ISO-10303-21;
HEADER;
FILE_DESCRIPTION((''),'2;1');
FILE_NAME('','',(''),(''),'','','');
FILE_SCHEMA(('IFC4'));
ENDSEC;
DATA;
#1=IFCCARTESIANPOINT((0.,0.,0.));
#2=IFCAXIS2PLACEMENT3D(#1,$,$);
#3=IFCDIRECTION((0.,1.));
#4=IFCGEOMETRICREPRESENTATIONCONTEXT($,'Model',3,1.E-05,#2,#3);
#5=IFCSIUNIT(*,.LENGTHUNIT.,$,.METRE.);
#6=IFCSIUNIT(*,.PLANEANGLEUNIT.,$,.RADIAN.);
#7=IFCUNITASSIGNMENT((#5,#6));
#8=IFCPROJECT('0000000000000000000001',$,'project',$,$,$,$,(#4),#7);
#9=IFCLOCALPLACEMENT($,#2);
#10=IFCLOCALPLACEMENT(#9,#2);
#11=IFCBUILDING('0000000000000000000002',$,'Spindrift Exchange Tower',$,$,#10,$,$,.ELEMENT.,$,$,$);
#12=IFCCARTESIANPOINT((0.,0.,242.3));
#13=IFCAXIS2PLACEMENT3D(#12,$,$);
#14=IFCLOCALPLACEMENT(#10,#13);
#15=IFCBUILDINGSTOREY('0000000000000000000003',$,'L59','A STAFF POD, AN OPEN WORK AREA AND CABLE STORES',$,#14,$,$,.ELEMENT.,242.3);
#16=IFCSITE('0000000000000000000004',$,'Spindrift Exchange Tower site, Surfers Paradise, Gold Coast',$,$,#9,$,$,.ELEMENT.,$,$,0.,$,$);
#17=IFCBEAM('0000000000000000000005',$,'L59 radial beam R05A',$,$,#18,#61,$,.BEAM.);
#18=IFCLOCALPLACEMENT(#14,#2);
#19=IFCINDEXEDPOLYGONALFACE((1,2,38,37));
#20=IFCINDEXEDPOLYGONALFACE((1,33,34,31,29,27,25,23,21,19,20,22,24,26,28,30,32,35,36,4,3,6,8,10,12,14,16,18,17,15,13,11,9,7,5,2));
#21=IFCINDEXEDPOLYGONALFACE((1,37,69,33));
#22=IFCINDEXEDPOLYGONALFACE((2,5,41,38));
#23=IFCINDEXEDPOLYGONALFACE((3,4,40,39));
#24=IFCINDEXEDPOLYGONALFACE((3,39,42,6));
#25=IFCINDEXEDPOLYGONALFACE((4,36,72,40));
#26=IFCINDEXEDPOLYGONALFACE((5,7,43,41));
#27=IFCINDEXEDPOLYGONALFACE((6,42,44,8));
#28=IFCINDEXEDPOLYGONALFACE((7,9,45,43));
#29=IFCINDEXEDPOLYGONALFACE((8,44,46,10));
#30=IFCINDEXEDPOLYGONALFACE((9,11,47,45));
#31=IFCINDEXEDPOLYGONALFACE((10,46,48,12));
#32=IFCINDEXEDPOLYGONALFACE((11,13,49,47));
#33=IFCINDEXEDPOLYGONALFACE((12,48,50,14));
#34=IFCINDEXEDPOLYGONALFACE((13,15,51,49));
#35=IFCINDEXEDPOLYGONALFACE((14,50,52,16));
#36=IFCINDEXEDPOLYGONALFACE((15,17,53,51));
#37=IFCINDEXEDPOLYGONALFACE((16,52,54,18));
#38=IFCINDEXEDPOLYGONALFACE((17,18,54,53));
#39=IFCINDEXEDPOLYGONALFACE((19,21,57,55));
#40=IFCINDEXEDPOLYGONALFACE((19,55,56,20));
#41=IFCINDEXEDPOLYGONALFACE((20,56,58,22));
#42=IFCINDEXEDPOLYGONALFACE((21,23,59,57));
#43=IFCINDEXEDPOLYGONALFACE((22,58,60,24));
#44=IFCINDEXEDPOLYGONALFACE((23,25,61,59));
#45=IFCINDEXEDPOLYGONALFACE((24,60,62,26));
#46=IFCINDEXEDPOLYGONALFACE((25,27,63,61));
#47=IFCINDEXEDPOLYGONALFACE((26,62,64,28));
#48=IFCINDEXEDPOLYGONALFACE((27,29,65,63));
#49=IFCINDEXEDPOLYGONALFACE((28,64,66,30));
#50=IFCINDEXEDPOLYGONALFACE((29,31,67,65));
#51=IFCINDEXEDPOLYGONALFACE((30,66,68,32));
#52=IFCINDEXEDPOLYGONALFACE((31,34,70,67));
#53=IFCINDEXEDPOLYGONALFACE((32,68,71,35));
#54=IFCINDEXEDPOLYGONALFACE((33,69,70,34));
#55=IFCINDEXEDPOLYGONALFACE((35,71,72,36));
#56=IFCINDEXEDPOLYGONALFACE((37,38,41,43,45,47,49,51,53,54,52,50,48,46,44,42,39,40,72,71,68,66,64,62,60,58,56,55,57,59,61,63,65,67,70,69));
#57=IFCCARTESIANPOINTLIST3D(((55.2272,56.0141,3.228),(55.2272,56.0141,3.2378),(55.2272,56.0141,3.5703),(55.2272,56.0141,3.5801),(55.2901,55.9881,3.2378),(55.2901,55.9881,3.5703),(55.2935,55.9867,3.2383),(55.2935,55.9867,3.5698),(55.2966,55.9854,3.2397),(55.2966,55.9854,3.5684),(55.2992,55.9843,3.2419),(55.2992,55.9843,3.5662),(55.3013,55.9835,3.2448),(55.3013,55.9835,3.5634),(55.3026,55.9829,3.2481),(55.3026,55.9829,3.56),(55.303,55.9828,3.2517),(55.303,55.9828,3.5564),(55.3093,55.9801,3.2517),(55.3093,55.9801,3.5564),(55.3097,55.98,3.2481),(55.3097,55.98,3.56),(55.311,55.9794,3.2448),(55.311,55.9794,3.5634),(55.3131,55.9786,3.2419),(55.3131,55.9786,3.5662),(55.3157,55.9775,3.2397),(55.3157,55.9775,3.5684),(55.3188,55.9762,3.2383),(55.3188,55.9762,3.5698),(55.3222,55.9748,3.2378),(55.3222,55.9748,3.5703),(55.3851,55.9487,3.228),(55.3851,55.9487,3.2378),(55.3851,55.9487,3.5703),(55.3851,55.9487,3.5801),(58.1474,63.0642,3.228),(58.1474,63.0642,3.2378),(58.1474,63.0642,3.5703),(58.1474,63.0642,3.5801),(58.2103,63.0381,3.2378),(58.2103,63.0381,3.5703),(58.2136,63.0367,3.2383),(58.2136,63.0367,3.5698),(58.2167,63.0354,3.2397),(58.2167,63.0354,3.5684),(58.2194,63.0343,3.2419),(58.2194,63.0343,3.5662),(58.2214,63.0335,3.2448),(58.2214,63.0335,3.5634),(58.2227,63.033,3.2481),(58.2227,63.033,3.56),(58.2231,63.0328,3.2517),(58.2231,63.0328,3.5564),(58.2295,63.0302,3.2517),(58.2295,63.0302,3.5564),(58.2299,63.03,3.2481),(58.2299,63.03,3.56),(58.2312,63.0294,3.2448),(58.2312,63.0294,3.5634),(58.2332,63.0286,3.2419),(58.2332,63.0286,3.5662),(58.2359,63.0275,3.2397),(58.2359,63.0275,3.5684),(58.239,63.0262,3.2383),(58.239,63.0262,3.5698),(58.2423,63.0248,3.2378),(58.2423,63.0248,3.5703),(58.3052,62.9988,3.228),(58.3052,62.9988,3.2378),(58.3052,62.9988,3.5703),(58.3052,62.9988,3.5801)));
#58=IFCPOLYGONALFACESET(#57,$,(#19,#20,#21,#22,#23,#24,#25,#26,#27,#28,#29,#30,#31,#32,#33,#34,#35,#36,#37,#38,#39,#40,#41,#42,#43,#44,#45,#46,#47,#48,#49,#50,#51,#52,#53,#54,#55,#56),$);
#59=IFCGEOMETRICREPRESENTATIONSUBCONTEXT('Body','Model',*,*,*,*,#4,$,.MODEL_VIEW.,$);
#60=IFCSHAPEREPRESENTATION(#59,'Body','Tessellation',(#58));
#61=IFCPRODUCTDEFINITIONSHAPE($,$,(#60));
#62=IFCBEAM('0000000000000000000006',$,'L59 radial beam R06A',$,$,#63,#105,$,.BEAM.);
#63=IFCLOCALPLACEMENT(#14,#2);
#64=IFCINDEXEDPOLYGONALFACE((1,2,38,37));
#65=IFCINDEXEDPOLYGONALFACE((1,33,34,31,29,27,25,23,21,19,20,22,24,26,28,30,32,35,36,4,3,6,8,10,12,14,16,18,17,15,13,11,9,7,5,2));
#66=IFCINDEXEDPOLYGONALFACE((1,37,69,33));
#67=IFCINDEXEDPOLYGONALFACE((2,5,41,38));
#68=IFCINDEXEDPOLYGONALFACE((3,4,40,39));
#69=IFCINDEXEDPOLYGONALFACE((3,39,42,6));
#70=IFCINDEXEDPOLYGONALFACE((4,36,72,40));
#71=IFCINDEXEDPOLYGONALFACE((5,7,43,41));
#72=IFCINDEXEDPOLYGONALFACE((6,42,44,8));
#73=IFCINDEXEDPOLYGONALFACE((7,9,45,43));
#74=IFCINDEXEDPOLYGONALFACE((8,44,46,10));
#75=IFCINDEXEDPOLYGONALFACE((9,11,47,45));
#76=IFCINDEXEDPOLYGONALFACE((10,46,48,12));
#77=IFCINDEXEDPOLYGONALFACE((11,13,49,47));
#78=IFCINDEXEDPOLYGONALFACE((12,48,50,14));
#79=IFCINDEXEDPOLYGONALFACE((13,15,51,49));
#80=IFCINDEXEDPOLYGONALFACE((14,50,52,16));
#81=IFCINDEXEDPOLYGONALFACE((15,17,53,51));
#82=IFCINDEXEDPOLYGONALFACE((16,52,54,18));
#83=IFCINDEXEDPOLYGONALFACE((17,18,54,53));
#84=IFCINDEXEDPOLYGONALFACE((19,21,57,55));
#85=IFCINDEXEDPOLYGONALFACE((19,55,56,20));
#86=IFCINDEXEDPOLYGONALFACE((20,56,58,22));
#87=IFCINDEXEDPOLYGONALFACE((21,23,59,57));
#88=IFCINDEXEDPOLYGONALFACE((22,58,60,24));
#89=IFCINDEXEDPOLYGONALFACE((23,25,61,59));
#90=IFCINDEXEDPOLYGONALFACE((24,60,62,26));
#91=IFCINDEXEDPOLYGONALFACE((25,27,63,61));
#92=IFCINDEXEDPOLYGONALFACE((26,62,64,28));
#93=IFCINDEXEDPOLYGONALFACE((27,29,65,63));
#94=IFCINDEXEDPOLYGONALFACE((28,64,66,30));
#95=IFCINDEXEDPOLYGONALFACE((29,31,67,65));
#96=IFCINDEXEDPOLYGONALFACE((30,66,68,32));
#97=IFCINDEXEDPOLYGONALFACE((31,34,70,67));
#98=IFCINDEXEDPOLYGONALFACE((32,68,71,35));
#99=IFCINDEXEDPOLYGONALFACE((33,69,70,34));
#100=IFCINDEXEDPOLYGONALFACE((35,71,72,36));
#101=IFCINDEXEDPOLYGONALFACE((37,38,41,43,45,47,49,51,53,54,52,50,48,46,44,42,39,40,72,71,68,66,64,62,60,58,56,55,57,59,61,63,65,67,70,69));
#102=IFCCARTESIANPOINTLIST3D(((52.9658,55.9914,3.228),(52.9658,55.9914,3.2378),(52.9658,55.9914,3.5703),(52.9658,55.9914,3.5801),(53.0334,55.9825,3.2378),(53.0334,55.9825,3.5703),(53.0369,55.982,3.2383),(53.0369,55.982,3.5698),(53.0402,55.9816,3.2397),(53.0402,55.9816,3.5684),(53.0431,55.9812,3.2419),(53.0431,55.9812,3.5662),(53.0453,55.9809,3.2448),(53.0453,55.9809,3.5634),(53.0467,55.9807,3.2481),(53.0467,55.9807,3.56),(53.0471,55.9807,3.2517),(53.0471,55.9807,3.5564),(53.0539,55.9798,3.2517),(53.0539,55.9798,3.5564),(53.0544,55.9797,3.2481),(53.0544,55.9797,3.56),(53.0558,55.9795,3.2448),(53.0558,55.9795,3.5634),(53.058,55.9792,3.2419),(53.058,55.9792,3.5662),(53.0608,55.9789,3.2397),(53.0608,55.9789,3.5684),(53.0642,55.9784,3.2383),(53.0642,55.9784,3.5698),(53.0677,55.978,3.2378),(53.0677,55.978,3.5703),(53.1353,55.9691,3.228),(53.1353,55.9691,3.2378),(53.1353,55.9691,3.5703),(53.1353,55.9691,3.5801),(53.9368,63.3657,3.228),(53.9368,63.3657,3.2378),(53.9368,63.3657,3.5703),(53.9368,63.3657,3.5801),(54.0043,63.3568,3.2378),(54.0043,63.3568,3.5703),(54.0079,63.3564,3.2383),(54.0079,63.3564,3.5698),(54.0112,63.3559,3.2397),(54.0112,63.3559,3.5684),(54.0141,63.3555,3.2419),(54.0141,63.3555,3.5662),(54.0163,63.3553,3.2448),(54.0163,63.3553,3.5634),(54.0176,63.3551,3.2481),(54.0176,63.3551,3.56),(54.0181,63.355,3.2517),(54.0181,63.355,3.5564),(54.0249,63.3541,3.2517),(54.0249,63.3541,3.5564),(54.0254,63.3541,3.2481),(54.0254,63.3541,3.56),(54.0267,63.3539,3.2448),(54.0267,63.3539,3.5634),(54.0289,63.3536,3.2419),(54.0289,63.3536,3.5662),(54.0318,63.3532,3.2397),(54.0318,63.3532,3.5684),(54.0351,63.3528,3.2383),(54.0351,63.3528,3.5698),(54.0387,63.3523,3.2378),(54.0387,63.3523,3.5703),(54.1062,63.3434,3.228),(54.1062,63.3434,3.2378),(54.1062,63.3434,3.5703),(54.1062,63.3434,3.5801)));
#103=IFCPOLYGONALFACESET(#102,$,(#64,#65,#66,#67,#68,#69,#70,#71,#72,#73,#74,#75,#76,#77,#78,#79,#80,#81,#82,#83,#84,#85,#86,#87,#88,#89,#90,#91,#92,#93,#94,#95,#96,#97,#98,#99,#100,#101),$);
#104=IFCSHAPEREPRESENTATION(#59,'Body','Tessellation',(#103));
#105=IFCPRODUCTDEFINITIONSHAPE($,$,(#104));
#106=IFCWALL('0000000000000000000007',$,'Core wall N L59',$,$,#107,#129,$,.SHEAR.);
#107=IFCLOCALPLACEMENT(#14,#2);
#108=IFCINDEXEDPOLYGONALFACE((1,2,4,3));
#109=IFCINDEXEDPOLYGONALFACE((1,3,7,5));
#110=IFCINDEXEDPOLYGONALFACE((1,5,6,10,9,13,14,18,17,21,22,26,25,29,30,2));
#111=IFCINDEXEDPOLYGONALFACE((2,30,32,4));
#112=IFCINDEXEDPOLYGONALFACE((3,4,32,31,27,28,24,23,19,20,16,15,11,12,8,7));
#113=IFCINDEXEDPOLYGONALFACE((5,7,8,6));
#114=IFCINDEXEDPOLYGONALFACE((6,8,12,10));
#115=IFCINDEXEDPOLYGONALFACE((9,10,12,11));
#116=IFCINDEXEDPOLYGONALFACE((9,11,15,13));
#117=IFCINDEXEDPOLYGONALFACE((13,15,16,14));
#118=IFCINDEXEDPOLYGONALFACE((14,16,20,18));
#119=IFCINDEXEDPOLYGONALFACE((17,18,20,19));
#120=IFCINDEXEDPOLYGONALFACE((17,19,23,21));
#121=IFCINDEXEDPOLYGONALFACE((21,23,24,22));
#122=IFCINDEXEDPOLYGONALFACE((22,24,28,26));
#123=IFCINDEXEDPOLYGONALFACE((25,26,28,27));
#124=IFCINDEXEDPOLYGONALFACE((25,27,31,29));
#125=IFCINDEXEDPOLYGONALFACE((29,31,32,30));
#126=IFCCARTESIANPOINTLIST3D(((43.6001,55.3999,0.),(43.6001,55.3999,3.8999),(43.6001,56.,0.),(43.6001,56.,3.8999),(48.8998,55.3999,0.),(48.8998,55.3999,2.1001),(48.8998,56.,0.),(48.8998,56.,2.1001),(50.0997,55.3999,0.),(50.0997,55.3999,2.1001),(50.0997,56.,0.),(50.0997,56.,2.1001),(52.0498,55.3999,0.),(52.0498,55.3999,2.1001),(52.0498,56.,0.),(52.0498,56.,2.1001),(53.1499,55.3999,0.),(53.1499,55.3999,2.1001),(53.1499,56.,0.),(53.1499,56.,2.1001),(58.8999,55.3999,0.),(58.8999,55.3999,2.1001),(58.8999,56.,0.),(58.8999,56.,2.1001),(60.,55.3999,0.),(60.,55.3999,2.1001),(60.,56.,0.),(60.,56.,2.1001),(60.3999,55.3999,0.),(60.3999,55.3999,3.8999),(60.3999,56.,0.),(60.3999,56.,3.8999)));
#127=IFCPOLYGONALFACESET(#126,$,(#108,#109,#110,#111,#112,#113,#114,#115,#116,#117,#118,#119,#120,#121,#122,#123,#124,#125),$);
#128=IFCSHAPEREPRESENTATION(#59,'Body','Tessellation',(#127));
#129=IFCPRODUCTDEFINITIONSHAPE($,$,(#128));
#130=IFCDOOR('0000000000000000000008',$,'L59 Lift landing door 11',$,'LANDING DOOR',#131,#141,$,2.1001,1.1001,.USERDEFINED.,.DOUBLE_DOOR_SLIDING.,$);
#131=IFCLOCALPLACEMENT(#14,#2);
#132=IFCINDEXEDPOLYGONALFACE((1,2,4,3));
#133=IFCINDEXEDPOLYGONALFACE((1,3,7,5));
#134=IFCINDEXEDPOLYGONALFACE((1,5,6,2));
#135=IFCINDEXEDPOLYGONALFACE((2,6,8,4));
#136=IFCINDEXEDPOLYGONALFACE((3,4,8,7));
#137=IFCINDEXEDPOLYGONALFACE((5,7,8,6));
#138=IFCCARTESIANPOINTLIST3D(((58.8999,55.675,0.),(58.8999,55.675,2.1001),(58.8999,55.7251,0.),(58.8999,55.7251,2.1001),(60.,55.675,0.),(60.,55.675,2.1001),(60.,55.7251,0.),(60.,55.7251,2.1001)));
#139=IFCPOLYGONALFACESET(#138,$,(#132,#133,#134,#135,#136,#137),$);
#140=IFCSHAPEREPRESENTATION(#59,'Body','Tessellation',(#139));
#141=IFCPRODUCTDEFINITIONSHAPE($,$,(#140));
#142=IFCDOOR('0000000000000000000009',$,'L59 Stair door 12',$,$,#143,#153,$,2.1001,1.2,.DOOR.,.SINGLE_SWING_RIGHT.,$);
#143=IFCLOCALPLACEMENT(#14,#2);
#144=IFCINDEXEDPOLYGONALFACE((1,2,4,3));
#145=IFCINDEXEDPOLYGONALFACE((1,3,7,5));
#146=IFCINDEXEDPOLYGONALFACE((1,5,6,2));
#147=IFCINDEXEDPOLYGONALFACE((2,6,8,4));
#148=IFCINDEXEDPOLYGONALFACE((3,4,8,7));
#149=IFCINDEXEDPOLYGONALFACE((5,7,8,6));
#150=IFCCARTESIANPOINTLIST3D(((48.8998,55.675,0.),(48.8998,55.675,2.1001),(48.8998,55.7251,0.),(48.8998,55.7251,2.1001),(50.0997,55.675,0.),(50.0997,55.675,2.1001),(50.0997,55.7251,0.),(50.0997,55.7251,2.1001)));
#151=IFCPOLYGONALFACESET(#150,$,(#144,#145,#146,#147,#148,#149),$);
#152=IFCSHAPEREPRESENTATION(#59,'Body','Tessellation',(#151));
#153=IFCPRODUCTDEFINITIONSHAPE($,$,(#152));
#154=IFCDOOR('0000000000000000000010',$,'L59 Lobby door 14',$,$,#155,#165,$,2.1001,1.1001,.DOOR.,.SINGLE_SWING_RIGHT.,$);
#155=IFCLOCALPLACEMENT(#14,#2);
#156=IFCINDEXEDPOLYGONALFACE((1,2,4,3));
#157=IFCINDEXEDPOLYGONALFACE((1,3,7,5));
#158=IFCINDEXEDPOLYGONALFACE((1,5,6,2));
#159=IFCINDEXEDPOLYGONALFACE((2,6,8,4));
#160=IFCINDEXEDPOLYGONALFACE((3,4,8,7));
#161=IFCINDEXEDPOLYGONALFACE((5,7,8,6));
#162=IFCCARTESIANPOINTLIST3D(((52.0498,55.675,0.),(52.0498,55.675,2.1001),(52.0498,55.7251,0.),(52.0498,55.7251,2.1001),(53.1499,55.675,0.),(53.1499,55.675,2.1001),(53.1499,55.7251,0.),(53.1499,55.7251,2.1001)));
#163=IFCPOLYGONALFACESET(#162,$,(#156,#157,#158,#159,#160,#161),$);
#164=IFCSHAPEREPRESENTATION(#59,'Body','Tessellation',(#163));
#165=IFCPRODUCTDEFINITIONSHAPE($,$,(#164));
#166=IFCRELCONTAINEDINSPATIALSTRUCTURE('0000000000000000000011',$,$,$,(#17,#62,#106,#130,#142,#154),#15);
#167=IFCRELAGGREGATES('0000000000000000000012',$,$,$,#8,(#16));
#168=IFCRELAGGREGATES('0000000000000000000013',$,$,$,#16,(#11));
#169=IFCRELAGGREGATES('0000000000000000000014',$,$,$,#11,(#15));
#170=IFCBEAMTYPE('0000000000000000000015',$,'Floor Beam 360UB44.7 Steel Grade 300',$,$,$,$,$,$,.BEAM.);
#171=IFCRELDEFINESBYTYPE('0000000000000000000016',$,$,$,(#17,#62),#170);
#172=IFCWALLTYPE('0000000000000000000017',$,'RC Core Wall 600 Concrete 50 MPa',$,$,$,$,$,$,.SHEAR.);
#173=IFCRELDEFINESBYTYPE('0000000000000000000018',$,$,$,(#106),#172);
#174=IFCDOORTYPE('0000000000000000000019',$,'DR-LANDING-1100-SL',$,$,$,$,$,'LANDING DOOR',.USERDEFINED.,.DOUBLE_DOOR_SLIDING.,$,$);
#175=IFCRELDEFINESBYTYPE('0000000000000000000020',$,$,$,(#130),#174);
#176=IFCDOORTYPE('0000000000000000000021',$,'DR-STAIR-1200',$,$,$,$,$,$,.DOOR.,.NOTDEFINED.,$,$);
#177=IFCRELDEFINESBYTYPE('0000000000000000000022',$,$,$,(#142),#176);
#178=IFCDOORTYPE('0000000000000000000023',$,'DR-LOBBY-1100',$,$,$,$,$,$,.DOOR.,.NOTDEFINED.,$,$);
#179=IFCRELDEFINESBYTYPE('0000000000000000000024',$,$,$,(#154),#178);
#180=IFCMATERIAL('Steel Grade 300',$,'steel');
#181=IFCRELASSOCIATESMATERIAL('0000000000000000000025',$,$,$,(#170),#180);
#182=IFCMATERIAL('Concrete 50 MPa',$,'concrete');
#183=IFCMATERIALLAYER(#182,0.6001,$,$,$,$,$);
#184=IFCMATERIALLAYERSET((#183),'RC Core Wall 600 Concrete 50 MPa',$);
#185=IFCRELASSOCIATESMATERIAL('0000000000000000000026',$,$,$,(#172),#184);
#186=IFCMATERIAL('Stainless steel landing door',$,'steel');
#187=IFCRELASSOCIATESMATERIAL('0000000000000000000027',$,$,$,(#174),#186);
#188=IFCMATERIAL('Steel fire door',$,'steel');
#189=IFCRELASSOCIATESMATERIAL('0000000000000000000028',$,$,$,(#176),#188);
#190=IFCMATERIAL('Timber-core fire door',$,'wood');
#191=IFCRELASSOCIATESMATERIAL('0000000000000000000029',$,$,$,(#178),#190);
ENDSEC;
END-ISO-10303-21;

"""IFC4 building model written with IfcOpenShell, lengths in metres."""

from ifc_helpers import new_model, si_unit, direction, frame, frame_2d, origin, origin_2d, place, context, subcontext, project, spatial, rectangle, i_section, extrude, source, transform, mapped, material, layer, layer_set, material_profile, profile_set, type_object, element, fill, save


model = new_model("IFC4")

# Units and contexts
model_context = context("Model", 3, precision=1e-05, world=origin(), true_north=direction((0.0, 1.0)))
body_context = subcontext(model_context, "Body", "Model", "MODEL_VIEW")
ifc_project = project(units=[si_unit("LENGTHUNIT", "METRE"), si_unit("PLANEANGLEUNIT", "RADIAN")], contexts=[model_context])

# Site, building, storey
site_placement = place(None, origin())
site = spatial("IfcSite", under=ifc_project, at=site_placement, Name="Spindrift Exchange Tower site, Surfers Paradise, Gold Coast", CompositionType="ELEMENT", RefElevation=0.0)
building_placement = place(site_placement, origin())
building = spatial("IfcBuilding", under=site, at=building_placement, Name="Spindrift Exchange Tower", CompositionType="ELEMENT")
storey_placement = place(building_placement, frame((0.0, 0.0, 242.3)))
storey = spatial("IfcBuildingStorey", under=building, at=storey_placement, Name="L59", Description="A STAFF POD, AN OPEN WORK AREA AND CABLE STORES", CompositionType="ELEMENT", Elevation=242.3)

# Beams
ifc_material_1 = material(Name="Steel Grade 300", Category="steel")
ifc_material_profile_1 = material_profile(ifc_material_1, i_section(OverallWidth=0.1709, OverallDepth=0.3521, WebThickness=0.0068, FlangeThickness=0.0098, FilletRadius=0.0139, at=origin_2d()), Name="360UB44.7")
ifc_profile_set_1 = profile_set([ifc_material_profile_1], Name="Steel Grade 300")
beam_type_1 = type_object("IfcBeamType", Name="Floor Beam 360UB44.7 Steel Grade 300", PredefinedType="BEAM", material=ifc_profile_set_1)
shared_shape_1 = source(origin(), body_context, "Body", "SweptSolid", [
    extrude(i_section(OverallWidth=0.1709, OverallDepth=0.3521, WebThickness=0.0068, FlangeThickness=0.0098, FilletRadius=0.0139, at=origin_2d()), origin(), (0.0, 0.0, 1.0), 7.6309),
])
beam_1_placement = place(storey_placement, frame((55.3062, 55.9814, 3.4041), z_axis=(0.382677, 0.923882, 0.0), x_axis=(-0.923882, 0.382677, 0.0)))
element("IfcBeam", 1, at=beam_1_placement, inside=storey, type_object=beam_type_1, Name="L59 radial beam R05A", PredefinedType="BEAM", context=body_context, shape_type="MappedRepresentation", body=[
    mapped(shared_shape_1, transform((0.0, 0.0, 0.0), scale=1.0)),
])
shared_shape_2 = source(origin(), body_context, "Body", "SweptSolid", [
    extrude(i_section(OverallWidth=0.1709, OverallDepth=0.3521, WebThickness=0.0068, FlangeThickness=0.0098, FilletRadius=0.0139, at=origin_2d()), origin(), (0.0, 0.0, 1.0), 7.438),
])
beam_2_placement = place(storey_placement, frame((53.0505, 55.9802, 3.4041), z_axis=(0.13054, 0.991443, 0.0), x_axis=(-0.991443, 0.13054, 0.0)))
element("IfcBeam", 2, at=beam_2_placement, inside=storey, type_object=beam_type_1, Name="L59 radial beam R06A", PredefinedType="BEAM", context=body_context, shape_type="MappedRepresentation", body=[
    mapped(shared_shape_2, transform((0.0, 0.0, 0.0), scale=1.0)),
])

# Wall, openings, doors
ifc_material_2 = material(Name="Concrete 50 MPa", Category="concrete")
ifc_layer_1 = layer(ifc_material_2, 0.6001)
ifc_layer_set_1 = layer_set([ifc_layer_1], Name="RC Core Wall 600 Concrete 50 MPa")
wall_type_1 = type_object("IfcWallType", Name="RC Core Wall 600 Concrete 50 MPa", PredefinedType="SHEAR", material=ifc_layer_set_1)
wall_1_placement = place(storey_placement, frame((60.3999, 55.7, 0.0), z_axis=(0.0, 0.0, 1.0), x_axis=(-1.0, 0.0, 0.0)))
wall_1 = element("IfcWall", 3, at=wall_1_placement, inside=storey, type_object=wall_type_1, Name="Core wall N L59", PredefinedType="SHEAR", context=body_context, shape_type="SweptSolid", body=[
    extrude(rectangle(XDim=16.7998, YDim=0.6001, at=frame_2d((8.3999, 0.0))), origin(), (0.0, 0.0, 1.0), 3.8999),
])
opening_1_placement = place(wall_1_placement, frame((0.3999, 0.0, 0.0)))
opening_1 = element("IfcOpeningElement", 4, at=opening_1_placement, cuts=wall_1, PredefinedType="OPENING", context=body_context, shape_type="SweptSolid", body=[
    extrude(rectangle(XDim=1.1001, YDim=2.1001, at=frame_2d((0.55, 1.05))), frame((0.0, 0.3101, 0.0), z_axis=(0.0, -1.0, 0.0), x_axis=(1.0, 0.0, 0.0)), (0.0, 0.0, 1.0), 0.6201),
])
opening_2_placement = place(wall_1_placement, frame((10.3, 0.0, 0.0)))
opening_2 = element("IfcOpeningElement", 5, at=opening_2_placement, cuts=wall_1, PredefinedType="OPENING", context=body_context, shape_type="SweptSolid", body=[
    extrude(rectangle(XDim=1.2, YDim=2.1001, at=frame_2d((0.6001, 1.05))), frame((0.0, 0.3101, 0.0), z_axis=(0.0, -1.0, 0.0), x_axis=(1.0, 0.0, 0.0)), (0.0, 0.0, 1.0), 0.6201),
])
opening_3_placement = place(wall_1_placement, frame((7.25, 0.0, 0.0)))
opening_3 = element("IfcOpeningElement", 6, at=opening_3_placement, cuts=wall_1, PredefinedType="OPENING", context=body_context, shape_type="SweptSolid", body=[
    extrude(rectangle(XDim=1.1001, YDim=2.1001, at=frame_2d((0.55, 1.05))), frame((0.0, 0.3101, 0.0), z_axis=(0.0, -1.0, 0.0), x_axis=(1.0, 0.0, 0.0)), (0.0, 0.0, 1.0), 0.6201),
])
ifc_material_3 = material(Name="Stainless steel landing door", Category="steel")
door_type_1 = type_object("IfcDoorType", Name="DR-LANDING-1100-SL", ElementType="LANDING DOOR", OperationType="DOUBLE_DOOR_SLIDING", PredefinedType="USERDEFINED", material=ifc_material_3)
shared_shape_3 = source(origin(), body_context, "Body", "SweptSolid", [
    extrude(rectangle(XDim=1.1001, YDim=2.1001, at=frame_2d((0.55, 1.05))), frame((0.0, 0.0249, 0.0), z_axis=(0.0, -1.0, 0.0), x_axis=(1.0, 0.0, 0.0)), (0.0, 0.0, 1.0), 0.05),
])
door_1_placement = place(opening_1_placement, origin())
door_1 = element("IfcDoor", 7, at=door_1_placement, inside=storey, type_object=door_type_1, Name="L59 Lift landing door 11", ObjectType="LANDING DOOR", OperationType="DOUBLE_DOOR_SLIDING", OverallHeight=2.1001, OverallWidth=1.1001, PredefinedType="USERDEFINED", context=body_context, shape_type="MappedRepresentation", body=[
    mapped(shared_shape_3, transform((0.0, 0.0, 0.0), scale=1.0)),
])
fill(opening_1, door_1)
ifc_material_4 = material(Name="Steel fire door", Category="steel")
door_type_2 = type_object("IfcDoorType", Name="DR-STAIR-1200", OperationType="NOTDEFINED", PredefinedType="DOOR", material=ifc_material_4)
shared_shape_4 = source(origin(), body_context, "Body", "SweptSolid", [
    extrude(rectangle(XDim=1.2, YDim=2.1001, at=frame_2d((0.6001, 1.05))), frame((0.0, 0.0249, 0.0), z_axis=(0.0, -1.0, 0.0), x_axis=(1.0, 0.0, 0.0)), (0.0, 0.0, 1.0), 0.05),
])
door_2_placement = place(opening_2_placement, origin())
door_2 = element("IfcDoor", 8, at=door_2_placement, inside=storey, type_object=door_type_2, Name="L59 Stair door 12", OperationType="SINGLE_SWING_RIGHT", OverallHeight=2.1001, OverallWidth=1.2, PredefinedType="DOOR", context=body_context, shape_type="MappedRepresentation", body=[
    mapped(shared_shape_4, transform((0.0, 0.0, 0.0), scale=1.0)),
])
fill(opening_2, door_2)
ifc_material_5 = material(Name="Timber-core fire door", Category="wood")
door_type_3 = type_object("IfcDoorType", Name="DR-LOBBY-1100", OperationType="NOTDEFINED", PredefinedType="DOOR", material=ifc_material_5)
shared_shape_5 = source(origin(), body_context, "Body", "SweptSolid", [
    extrude(rectangle(XDim=1.1001, YDim=2.1001, at=frame_2d((0.55, 1.05))), frame((0.0, 0.0249, 0.0), z_axis=(0.0, -1.0, 0.0), x_axis=(1.0, 0.0, 0.0)), (0.0, 0.0, 1.0), 0.05),
])
door_3_placement = place(opening_3_placement, origin())
door_3 = element("IfcDoor", 9, at=door_3_placement, inside=storey, type_object=door_type_3, Name="L59 Lobby door 14", OperationType="SINGLE_SWING_RIGHT", OverallHeight=2.1001, OverallWidth=1.1001, PredefinedType="DOOR", context=body_context, shape_type="MappedRepresentation", body=[
    mapped(shared_shape_5, transform((0.0, 0.0, 0.0), scale=1.0)),
])
fill(opening_3, door_3)

save(model, "model.ifc")
